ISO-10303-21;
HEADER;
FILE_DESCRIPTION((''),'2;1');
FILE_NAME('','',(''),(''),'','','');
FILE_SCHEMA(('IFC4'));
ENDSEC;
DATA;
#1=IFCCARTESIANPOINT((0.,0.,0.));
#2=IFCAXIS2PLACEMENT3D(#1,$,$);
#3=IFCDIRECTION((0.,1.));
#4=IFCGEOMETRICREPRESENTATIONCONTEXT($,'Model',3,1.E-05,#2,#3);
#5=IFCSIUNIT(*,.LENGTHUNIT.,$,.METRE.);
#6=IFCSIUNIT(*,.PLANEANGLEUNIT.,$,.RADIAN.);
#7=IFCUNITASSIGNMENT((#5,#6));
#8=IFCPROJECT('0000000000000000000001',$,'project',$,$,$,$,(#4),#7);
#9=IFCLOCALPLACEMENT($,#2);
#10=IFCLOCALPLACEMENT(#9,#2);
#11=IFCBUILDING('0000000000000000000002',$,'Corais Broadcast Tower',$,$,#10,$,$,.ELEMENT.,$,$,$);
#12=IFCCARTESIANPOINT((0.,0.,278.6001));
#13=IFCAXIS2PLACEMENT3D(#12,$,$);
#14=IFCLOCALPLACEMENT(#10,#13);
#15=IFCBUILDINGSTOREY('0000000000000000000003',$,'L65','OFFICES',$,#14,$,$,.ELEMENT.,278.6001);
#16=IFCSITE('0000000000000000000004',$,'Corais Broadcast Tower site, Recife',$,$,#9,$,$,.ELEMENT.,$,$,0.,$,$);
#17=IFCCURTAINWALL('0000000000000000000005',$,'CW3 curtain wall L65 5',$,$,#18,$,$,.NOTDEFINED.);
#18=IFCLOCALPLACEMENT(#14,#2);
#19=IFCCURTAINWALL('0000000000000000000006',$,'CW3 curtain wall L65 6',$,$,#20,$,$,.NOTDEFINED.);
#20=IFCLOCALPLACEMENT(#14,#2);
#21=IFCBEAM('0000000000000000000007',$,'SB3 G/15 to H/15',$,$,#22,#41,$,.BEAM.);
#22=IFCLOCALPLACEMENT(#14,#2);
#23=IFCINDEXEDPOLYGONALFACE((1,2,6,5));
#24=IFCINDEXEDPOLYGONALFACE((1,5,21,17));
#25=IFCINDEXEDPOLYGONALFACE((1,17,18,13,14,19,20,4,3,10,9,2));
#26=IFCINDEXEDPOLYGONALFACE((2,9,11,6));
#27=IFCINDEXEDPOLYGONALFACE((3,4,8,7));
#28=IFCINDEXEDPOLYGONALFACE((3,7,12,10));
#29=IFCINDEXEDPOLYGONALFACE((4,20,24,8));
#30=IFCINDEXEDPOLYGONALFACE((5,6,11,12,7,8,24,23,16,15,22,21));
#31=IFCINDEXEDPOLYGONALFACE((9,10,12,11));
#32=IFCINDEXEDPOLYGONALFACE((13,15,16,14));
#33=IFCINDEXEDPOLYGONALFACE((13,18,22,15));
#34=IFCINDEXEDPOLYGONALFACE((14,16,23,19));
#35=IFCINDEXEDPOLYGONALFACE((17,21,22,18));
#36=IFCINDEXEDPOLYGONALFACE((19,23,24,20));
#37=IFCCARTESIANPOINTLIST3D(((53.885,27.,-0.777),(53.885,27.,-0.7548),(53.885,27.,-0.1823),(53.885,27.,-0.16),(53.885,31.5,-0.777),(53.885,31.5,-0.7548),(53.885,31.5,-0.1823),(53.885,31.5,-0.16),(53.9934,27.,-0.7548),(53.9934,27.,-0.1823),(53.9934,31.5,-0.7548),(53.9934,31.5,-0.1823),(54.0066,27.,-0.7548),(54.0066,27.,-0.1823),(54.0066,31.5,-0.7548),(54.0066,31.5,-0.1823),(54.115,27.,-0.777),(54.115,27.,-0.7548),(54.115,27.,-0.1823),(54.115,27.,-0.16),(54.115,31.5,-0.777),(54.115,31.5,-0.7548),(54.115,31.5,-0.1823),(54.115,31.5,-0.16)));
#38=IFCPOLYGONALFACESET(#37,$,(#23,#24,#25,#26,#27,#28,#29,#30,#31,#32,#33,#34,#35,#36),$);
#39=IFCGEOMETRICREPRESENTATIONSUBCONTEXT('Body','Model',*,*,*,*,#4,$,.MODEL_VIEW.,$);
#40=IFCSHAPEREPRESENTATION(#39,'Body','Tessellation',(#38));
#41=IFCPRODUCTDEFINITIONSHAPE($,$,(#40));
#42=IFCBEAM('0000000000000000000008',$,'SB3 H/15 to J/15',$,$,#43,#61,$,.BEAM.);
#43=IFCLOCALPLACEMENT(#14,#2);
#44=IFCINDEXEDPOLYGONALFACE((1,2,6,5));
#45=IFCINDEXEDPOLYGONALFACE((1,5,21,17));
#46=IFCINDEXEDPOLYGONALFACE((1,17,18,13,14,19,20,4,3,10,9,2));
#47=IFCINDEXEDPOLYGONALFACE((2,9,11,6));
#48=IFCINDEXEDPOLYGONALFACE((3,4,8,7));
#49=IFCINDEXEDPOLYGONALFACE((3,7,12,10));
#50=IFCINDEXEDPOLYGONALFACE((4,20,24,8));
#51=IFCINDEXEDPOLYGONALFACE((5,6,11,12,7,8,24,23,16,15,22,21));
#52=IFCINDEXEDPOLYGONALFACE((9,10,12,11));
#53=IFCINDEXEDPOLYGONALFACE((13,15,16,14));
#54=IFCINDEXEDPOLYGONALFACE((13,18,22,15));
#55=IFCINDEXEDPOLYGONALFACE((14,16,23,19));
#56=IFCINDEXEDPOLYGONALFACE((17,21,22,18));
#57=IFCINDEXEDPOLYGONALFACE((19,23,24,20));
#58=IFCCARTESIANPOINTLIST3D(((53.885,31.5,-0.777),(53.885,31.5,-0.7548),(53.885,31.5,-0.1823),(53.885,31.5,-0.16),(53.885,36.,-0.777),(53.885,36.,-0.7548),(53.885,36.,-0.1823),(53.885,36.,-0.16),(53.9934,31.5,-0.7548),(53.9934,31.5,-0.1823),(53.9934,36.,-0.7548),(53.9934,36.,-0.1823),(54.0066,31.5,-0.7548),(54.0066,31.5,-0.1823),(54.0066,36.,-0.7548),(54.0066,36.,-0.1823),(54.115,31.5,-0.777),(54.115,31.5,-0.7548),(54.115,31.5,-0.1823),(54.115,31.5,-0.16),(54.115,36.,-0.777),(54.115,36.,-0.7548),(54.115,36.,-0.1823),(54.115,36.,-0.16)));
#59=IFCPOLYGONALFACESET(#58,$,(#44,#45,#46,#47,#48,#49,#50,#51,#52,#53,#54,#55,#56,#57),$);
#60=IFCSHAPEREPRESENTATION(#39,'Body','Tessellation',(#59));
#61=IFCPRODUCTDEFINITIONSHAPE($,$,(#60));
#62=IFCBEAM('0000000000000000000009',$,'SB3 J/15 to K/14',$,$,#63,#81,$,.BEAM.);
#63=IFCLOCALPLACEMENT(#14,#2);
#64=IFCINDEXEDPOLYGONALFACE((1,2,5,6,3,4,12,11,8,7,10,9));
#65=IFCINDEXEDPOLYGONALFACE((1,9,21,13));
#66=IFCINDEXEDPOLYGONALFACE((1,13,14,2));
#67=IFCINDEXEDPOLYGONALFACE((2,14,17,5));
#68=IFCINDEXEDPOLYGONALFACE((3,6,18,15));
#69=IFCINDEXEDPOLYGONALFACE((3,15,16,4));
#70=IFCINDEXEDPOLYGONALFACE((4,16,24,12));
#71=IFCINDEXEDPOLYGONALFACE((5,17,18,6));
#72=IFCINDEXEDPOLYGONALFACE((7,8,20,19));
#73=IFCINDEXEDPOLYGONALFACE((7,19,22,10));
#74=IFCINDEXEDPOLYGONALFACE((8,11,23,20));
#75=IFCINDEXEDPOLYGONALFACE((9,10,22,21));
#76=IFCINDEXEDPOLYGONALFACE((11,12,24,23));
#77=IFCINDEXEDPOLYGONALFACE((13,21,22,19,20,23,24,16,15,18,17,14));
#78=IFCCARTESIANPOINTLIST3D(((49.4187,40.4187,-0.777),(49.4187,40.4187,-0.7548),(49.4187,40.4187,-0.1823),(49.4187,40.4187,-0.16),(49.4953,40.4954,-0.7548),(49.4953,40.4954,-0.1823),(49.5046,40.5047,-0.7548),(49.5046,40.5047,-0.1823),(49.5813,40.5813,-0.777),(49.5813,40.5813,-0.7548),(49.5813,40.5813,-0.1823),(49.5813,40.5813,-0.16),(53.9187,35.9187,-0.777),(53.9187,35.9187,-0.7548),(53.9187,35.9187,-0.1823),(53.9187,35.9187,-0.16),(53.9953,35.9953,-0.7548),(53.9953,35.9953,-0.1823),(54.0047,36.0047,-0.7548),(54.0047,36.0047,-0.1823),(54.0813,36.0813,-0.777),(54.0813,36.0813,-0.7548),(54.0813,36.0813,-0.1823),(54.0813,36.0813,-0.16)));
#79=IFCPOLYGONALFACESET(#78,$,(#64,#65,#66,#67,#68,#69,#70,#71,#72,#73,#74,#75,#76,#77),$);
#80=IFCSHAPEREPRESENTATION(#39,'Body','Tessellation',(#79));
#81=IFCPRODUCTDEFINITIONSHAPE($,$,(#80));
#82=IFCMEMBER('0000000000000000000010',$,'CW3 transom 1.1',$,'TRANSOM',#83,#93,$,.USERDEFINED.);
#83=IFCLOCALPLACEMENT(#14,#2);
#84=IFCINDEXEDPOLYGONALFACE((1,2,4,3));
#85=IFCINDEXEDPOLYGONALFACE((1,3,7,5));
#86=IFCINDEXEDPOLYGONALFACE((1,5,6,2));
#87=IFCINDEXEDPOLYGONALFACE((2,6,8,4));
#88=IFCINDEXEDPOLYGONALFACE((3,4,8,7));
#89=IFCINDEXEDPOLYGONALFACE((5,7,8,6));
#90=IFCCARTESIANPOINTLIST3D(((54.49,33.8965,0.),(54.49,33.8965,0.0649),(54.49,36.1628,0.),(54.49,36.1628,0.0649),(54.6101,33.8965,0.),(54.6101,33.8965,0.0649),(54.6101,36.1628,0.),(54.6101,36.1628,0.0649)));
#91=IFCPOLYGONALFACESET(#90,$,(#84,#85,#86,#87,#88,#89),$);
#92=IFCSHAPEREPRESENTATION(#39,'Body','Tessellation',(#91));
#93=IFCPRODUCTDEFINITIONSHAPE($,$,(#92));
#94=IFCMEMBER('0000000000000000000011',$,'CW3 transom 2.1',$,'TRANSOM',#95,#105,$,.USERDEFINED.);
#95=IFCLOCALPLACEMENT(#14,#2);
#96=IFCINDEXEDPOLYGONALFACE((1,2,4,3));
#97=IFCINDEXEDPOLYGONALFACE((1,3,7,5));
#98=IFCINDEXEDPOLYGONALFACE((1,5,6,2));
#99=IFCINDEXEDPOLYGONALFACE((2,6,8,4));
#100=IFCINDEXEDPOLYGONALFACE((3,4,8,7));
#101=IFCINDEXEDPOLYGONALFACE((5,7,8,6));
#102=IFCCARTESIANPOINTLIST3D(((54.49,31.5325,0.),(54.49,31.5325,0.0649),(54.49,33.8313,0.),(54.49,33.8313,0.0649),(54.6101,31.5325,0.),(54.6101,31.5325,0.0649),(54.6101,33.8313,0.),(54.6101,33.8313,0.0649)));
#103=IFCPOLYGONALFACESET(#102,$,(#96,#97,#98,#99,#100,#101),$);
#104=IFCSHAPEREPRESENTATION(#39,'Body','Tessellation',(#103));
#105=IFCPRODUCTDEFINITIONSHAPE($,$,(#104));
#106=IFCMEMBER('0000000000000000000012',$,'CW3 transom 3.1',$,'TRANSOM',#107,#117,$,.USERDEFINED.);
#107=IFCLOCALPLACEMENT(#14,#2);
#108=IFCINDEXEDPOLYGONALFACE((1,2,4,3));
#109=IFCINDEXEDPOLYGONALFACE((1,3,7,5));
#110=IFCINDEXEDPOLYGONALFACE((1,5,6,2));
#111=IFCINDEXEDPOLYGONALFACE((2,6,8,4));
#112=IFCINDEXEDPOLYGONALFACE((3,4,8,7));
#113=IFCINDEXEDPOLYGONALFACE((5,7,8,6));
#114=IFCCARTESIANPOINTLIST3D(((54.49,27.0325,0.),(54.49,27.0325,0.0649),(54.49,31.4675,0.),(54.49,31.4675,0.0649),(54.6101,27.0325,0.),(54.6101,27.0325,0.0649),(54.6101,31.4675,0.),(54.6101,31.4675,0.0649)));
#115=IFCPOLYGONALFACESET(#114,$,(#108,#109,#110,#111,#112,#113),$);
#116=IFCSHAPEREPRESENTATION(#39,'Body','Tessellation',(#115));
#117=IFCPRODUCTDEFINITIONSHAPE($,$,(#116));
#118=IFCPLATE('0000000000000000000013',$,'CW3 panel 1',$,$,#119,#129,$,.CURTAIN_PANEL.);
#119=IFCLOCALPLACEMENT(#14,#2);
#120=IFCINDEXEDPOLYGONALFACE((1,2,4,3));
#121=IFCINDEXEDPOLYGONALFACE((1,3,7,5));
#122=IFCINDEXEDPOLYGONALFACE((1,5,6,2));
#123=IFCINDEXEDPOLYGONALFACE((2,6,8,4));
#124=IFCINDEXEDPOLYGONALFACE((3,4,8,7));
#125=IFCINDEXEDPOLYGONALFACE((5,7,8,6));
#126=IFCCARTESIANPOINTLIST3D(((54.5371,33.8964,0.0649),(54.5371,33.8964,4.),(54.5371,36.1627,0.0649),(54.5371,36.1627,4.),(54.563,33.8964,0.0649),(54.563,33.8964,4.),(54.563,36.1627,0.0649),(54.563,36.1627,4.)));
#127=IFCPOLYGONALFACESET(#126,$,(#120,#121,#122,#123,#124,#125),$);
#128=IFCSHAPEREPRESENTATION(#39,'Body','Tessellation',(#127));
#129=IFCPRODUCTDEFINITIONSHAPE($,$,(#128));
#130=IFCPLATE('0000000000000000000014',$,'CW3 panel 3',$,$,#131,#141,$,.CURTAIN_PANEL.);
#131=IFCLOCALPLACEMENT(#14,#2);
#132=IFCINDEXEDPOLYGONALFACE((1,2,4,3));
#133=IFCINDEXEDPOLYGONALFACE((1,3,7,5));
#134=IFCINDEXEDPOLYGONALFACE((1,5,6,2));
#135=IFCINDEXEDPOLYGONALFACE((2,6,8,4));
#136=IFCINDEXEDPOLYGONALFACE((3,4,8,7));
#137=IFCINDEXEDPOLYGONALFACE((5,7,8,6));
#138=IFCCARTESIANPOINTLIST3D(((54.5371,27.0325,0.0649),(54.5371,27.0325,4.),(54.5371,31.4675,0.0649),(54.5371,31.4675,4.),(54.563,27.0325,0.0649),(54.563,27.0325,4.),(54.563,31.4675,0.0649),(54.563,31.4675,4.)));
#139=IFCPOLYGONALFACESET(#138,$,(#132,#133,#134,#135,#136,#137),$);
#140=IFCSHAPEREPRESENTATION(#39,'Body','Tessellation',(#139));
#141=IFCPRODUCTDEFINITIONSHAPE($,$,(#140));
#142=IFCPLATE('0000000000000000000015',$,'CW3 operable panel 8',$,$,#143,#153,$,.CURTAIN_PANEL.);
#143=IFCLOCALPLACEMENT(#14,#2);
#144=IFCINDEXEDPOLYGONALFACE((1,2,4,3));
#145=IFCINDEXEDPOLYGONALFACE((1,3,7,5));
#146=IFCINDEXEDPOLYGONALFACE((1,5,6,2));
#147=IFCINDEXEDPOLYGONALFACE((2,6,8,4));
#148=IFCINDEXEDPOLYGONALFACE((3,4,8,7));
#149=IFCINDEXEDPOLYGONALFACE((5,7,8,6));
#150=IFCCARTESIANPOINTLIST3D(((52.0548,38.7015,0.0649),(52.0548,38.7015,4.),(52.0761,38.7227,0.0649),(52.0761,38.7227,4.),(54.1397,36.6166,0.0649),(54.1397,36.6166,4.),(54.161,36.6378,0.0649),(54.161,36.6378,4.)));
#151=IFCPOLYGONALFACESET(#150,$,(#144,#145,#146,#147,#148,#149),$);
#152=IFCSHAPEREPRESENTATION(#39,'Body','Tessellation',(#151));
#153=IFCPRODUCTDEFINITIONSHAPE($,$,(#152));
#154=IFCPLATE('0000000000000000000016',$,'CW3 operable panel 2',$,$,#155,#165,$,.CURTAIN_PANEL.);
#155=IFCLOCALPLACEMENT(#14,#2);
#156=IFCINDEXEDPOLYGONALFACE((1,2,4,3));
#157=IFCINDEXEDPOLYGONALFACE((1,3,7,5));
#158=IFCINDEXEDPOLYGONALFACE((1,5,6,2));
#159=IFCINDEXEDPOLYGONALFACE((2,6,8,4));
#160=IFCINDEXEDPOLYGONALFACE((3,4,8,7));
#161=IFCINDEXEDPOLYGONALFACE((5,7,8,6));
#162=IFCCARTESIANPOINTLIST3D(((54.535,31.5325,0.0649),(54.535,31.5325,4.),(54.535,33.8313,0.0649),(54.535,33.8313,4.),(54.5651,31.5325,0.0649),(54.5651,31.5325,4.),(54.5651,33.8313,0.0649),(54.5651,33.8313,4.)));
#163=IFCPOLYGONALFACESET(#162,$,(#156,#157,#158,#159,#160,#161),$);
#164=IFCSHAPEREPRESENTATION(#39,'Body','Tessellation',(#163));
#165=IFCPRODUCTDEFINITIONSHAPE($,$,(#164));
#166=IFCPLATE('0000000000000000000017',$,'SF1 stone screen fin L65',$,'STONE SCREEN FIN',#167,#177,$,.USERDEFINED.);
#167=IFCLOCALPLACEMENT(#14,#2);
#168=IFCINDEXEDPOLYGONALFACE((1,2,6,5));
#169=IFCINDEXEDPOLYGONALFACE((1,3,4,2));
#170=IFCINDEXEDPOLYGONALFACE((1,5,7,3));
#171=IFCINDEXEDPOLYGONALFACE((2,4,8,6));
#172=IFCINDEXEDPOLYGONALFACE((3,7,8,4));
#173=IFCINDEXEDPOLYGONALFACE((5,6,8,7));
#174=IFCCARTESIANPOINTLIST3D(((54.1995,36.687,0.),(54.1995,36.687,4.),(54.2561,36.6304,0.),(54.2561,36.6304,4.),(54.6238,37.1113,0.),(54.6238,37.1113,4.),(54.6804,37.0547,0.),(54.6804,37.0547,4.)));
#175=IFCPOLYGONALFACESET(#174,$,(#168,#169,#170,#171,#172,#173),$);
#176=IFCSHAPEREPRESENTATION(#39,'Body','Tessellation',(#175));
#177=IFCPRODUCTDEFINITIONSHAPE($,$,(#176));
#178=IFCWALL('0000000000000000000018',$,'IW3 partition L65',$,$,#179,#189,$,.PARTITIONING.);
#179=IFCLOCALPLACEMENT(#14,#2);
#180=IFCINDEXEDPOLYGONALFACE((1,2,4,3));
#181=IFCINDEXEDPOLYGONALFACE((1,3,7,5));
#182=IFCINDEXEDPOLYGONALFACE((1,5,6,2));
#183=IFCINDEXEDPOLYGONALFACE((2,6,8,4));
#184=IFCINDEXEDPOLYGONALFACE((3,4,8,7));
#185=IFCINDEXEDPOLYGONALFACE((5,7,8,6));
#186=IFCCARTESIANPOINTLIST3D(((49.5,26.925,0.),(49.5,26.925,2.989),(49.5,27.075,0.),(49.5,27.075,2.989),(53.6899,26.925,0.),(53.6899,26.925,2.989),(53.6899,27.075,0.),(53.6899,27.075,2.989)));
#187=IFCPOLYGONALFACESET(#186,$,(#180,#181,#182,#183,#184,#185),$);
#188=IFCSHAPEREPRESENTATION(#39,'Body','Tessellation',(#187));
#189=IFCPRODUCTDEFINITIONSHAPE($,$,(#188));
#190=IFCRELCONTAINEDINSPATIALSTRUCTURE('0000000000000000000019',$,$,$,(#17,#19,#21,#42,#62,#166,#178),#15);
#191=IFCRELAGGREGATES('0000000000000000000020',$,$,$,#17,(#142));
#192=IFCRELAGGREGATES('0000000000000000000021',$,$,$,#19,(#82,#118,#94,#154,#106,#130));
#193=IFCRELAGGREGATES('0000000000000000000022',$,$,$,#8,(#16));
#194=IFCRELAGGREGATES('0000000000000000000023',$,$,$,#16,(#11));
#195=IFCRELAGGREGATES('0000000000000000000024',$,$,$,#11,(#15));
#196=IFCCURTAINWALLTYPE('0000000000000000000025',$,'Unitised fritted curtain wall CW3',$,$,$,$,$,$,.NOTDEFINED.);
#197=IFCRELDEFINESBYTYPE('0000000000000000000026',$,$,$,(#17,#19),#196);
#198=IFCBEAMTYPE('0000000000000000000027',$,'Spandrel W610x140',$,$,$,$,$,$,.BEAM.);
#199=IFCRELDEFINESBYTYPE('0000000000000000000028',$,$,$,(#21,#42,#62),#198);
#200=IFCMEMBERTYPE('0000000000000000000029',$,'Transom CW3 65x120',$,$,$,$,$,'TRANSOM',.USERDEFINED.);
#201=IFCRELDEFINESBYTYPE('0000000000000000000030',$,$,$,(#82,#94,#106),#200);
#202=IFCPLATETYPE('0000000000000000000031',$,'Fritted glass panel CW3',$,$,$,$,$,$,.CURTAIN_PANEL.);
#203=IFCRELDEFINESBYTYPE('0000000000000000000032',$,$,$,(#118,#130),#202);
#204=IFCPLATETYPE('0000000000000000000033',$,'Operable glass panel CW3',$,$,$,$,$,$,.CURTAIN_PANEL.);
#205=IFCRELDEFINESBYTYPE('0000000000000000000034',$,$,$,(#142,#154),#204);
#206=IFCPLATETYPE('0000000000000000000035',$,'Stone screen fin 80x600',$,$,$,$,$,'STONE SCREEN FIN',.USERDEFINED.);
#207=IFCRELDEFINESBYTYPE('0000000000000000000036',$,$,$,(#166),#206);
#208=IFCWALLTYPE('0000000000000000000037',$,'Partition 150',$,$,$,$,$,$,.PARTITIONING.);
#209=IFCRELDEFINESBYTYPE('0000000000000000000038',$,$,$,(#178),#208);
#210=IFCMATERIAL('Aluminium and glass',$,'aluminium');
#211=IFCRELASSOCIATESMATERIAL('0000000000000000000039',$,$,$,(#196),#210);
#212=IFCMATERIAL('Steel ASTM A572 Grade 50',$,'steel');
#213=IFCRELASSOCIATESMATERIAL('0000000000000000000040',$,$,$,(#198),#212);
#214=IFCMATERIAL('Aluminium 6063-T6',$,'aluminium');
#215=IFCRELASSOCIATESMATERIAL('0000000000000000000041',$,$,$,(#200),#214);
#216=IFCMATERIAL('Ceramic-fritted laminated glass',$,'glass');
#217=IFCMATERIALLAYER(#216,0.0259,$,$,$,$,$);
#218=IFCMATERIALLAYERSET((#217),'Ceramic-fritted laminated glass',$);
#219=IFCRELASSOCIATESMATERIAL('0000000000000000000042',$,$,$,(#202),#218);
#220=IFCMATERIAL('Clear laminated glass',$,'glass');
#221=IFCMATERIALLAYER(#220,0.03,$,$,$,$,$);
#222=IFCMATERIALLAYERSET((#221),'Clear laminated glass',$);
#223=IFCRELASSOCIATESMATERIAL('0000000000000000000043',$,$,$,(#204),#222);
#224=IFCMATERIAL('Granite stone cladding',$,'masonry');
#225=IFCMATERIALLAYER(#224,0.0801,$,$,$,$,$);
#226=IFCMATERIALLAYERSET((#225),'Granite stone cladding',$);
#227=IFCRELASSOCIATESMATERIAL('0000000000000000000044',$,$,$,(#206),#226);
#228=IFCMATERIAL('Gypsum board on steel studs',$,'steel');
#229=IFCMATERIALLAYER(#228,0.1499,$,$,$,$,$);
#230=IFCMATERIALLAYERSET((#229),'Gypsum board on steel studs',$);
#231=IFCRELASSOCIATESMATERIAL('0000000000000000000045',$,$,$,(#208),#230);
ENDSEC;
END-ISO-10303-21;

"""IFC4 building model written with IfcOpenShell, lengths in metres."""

from ifc_helpers import new_model, si_unit, direction, frame, frame_2d, origin, origin_2d, place, context, subcontext, project, spatial, rectangle, i_section, extrude, material, layer, layer_set, material_profile, profile_set, type_object, element, aggregate, save


model = new_model("IFC4")

# Units and contexts
model_context = context("Model", 3, precision=1e-05, world=origin(), true_north=direction((0.0, 1.0)))
body_context = subcontext(model_context, "Body", "Model", "MODEL_VIEW")
ifc_project = project(units=[si_unit("LENGTHUNIT", "METRE"), si_unit("PLANEANGLEUNIT", "RADIAN")], contexts=[model_context])

# Site, building, storey
site_placement = place(None, origin())
site = spatial("IfcSite", under=ifc_project, at=site_placement, Name="Corais Broadcast Tower site, Recife", CompositionType="ELEMENT", RefElevation=0.0)
building_placement = place(site_placement, origin())
building = spatial("IfcBuilding", under=site, at=building_placement, Name="Corais Broadcast Tower", CompositionType="ELEMENT")
storey_placement = place(building_placement, frame((0.0, 0.0, 278.6001)))
storey = spatial("IfcBuildingStorey", under=building, at=storey_placement, Name="L65", Description="OFFICES", CompositionType="ELEMENT", Elevation=278.6001)

# Curtain wall
ifc_material_1 = material(Name="Aluminium and glass", Category="aluminium")
curtain_wall_type = type_object("IfcCurtainWallType", Name="Unitised fritted curtain wall CW3", PredefinedType="NOTDEFINED", material=ifc_material_1)
curtain_wall_1_placement = place(storey_placement, origin())
curtain_wall_1 = element("IfcCurtainWall", 1, at=curtain_wall_1_placement, inside=storey, type_object=curtain_wall_type, Name="CW3 curtain wall L65 5", PredefinedType="NOTDEFINED")

# Curtain wall
curtain_wall_2_placement = place(storey_placement, origin())
curtain_wall_2 = element("IfcCurtainWall", 2, at=curtain_wall_2_placement, inside=storey, type_object=curtain_wall_type, Name="CW3 curtain wall L65 6", PredefinedType="NOTDEFINED")

# Beams
ifc_material_2 = material(Name="Steel ASTM A572 Grade 50", Category="steel")
ifc_material_profile_1 = material_profile(ifc_material_2, i_section(OverallWidth=0.23, OverallDepth=0.6169, WebThickness=0.0132, FlangeThickness=0.0222, at=origin_2d()), Name="W610x140")
ifc_profile_set_1 = profile_set([ifc_material_profile_1], Name="Steel ASTM A572 Grade 50")
beam_type_1 = type_object("IfcBeamType", Name="Spandrel W610x140", PredefinedType="BEAM", material=ifc_profile_set_1)
for number, where, z_axis, x_axis, name in (
    (3, (54.0, 27.0, -0.4685), (0.0, 1.0, 0.0), (-1.0, 0.0, 0.0), "SB3 G/15 to H/15"),
    (4, (54.0, 31.5, -0.4685), (0.0, 1.0, 0.0), (-1.0, 0.0, 0.0), "SB3 H/15 to J/15"),
):
    element("IfcBeam", number, at=place(storey_placement, frame(where, z_axis=z_axis, x_axis=x_axis)), inside=storey, type_object=beam_type_1, Name=name, PredefinedType="BEAM", context=body_context, shape_type="SweptSolid", body=[
        extrude(i_section(OverallWidth=0.23, OverallDepth=0.6169, WebThickness=0.0132, FlangeThickness=0.0222, at=origin_2d()), origin(), (0.0, 0.0, 1.0), 4.5),
    ])
beam_placement = place(storey_placement, frame((54.0, 36.0, -0.4685), z_axis=(-0.707107, 0.707107, 0.0), x_axis=(-0.707107, -0.707107, 0.0)))
element("IfcBeam", 5, at=beam_placement, inside=storey, type_object=beam_type_1, Name="SB3 J/15 to K/14", PredefinedType="BEAM", context=body_context, shape_type="SweptSolid", body=[
    extrude(i_section(OverallWidth=0.23, OverallDepth=0.6169, WebThickness=0.0132, FlangeThickness=0.0222, at=origin_2d()), origin(), (0.0, 0.0, 1.0), 6.364),
])

# Members
ifc_material_3 = material(Name="Aluminium 6063-T6", Category="aluminium")
ifc_material_profile_2 = material_profile(ifc_material_3, rectangle(XDim=0.1201, YDim=0.0649, at=origin_2d()), Name="Transom CW3 65x120")
ifc_profile_set_2 = profile_set([ifc_material_profile_2], Name="Aluminium 6063-T6")
member_type_1 = type_object("IfcMemberType", Name="Transom CW3 65x120", ElementType="TRANSOM", PredefinedType="USERDEFINED", material=ifc_profile_set_2)
member_1_placement = place(storey_placement, frame((54.55, 36.1628, 0.0325), z_axis=(0.0, -1.0, 0.0), x_axis=(1.0, 0.0, 0.0)))
member_1 = element("IfcMember", 6, at=member_1_placement, type_object=member_type_1, Name="CW3 transom 1.1", ObjectType="TRANSOM", PredefinedType="USERDEFINED", context=body_context, shape_type="SweptSolid", body=[
    extrude(rectangle(XDim=0.1201, YDim=0.0649, at=origin_2d()), origin(), (0.0, 0.0, 1.0), 2.2664),
])
member_2_placement = place(storey_placement, frame((54.55, 33.8313, 0.0325), z_axis=(0.0, -1.0, 0.0), x_axis=(1.0, 0.0, 0.0)))
member_2 = element("IfcMember", 7, at=member_2_placement, type_object=member_type_1, Name="CW3 transom 2.1", ObjectType="TRANSOM", PredefinedType="USERDEFINED", context=body_context, shape_type="SweptSolid", body=[
    extrude(rectangle(XDim=0.1201, YDim=0.0649, at=origin_2d()), origin(), (0.0, 0.0, 1.0), 2.2988),
])
member_3_placement = place(storey_placement, frame((54.55, 31.4675, 0.0325), z_axis=(0.0, -1.0, 0.0), x_axis=(1.0, 0.0, 0.0)))
member_3 = element("IfcMember", 8, at=member_3_placement, type_object=member_type_1, Name="CW3 transom 3.1", ObjectType="TRANSOM", PredefinedType="USERDEFINED", context=body_context, shape_type="SweptSolid", body=[
    extrude(rectangle(XDim=0.1201, YDim=0.0649, at=origin_2d()), origin(), (0.0, 0.0, 1.0), 4.4351),
])

# Plates
ifc_material_4 = material(Name="Ceramic-fritted laminated glass", Category="glass")
ifc_layer_1 = layer(ifc_material_4, 0.0259)
ifc_layer_set_1 = layer_set([ifc_layer_1], Name="Ceramic-fritted laminated glass")
plate_type_1 = type_object("IfcPlateType", Name="Fritted glass panel CW3", PredefinedType="CURTAIN_PANEL", material=ifc_layer_set_1)
plate_1_placement = place(storey_placement, frame((54.55, 35.0295, 0.0649), z_axis=(0.0, 0.0, 1.0), x_axis=(0.0, -1.0, 0.0)))
plate_1 = element("IfcPlate", 9, at=plate_1_placement, type_object=plate_type_1, Name="CW3 panel 1", PredefinedType="CURTAIN_PANEL", context=body_context, shape_type="SweptSolid", body=[
    extrude(rectangle(XDim=2.2664, YDim=0.0259, at=origin_2d()), origin(), (0.0, 0.0, 1.0), 3.9351),
])
plate_2_placement = place(storey_placement, frame((54.55, 29.25, 0.0649), z_axis=(0.0, 0.0, 1.0), x_axis=(0.0, -1.0, 0.0)))
plate_2 = element("IfcPlate", 10, at=plate_2_placement, type_object=plate_type_1, Name="CW3 panel 3", PredefinedType="CURTAIN_PANEL", context=body_context, shape_type="SweptSolid", body=[
    extrude(rectangle(XDim=4.4351, YDim=0.0259, at=origin_2d()), origin(), (0.0, 0.0, 1.0), 3.9351),
])
ifc_material_5 = material(Name="Clear laminated glass", Category="glass")
ifc_layer_2 = layer(ifc_material_5, 0.03)
ifc_layer_set_2 = layer_set([ifc_layer_2], Name="Clear laminated glass")
plate_type_2 = type_object("IfcPlateType", Name="Operable glass panel CW3", PredefinedType="CURTAIN_PANEL", material=ifc_layer_set_2)
plate_3_placement = place(storey_placement, frame((53.1079, 37.6697, 0.0649), z_axis=(0.0, 0.0, 1.0), x_axis=(0.707107, -0.707107, 0.0)))
plate_3 = element("IfcPlate", 11, at=plate_3_placement, type_object=plate_type_2, Name="CW3 operable panel 8", PredefinedType="CURTAIN_PANEL", context=body_context, shape_type="SweptSolid", body=[
    extrude(rectangle(XDim=2.9485, YDim=0.03, at=origin_2d()), origin(), (0.0, 0.0, 1.0), 3.9351),
])
aggregate(curtain_wall_1, [plate_3])
plate_4_placement = place(storey_placement, frame((54.55, 32.6819, 0.0649), z_axis=(0.0, 0.0, 1.0), x_axis=(0.0, -1.0, 0.0)))
plate_4 = element("IfcPlate", 12, at=plate_4_placement, type_object=plate_type_2, Name="CW3 operable panel 2", PredefinedType="CURTAIN_PANEL", context=body_context, shape_type="SweptSolid", body=[
    extrude(rectangle(XDim=2.2988, YDim=0.03, at=origin_2d()), origin(), (0.0, 0.0, 1.0), 3.9351),
])
aggregate(curtain_wall_2, [member_1, plate_1, member_2, plate_4, member_3, plate_2])
ifc_material_6 = material(Name="Granite stone cladding", Category="masonry")
ifc_layer_3 = layer(ifc_material_6, 0.0801)
ifc_layer_set_3 = layer_set([ifc_layer_3], Name="Granite stone cladding")
plate_type_3 = type_object("IfcPlateType", Name="Stone screen fin 80x600", ElementType="STONE SCREEN FIN", PredefinedType="USERDEFINED", material=ifc_layer_set_3)
plate_5_placement = place(storey_placement, frame((54.4399, 36.8708, 0.0), z_axis=(0.0, 0.0, 1.0), x_axis=(0.707107, -0.707107, 0.0)))
element("IfcPlate", 13, at=plate_5_placement, inside=storey, type_object=plate_type_3, Name="SF1 stone screen fin L65", ObjectType="STONE SCREEN FIN", PredefinedType="USERDEFINED", context=body_context, shape_type="SweptSolid", body=[
    extrude(rectangle(XDim=0.0801, YDim=0.6001, at=origin_2d()), origin(), (0.0, 0.0, 1.0), 4.0),
])

# Wall
ifc_material_7 = material(Name="Gypsum board on steel studs", Category="steel")
ifc_layer_4 = layer(ifc_material_7, 0.1499)
ifc_layer_set_4 = layer_set([ifc_layer_4], Name="Gypsum board on steel studs")
wall_type = type_object("IfcWallType", Name="Partition 150", PredefinedType="PARTITIONING", material=ifc_layer_set_4)
wall_1_placement = place(storey_placement, frame((53.6899, 27.0, 0.0), z_axis=(0.0, 0.0, 1.0), x_axis=(-1.0, 0.0, 0.0)))
element("IfcWall", 14, at=wall_1_placement, inside=storey, type_object=wall_type, Name="IW3 partition L65", PredefinedType="PARTITIONING", context=body_context, shape_type="SweptSolid", body=[
    extrude(rectangle(XDim=4.1899, YDim=0.1499, at=frame_2d((2.095, 0.0))), origin(), (0.0, 0.0, 1.0), 2.989),
])

save(model, "model.ifc")
